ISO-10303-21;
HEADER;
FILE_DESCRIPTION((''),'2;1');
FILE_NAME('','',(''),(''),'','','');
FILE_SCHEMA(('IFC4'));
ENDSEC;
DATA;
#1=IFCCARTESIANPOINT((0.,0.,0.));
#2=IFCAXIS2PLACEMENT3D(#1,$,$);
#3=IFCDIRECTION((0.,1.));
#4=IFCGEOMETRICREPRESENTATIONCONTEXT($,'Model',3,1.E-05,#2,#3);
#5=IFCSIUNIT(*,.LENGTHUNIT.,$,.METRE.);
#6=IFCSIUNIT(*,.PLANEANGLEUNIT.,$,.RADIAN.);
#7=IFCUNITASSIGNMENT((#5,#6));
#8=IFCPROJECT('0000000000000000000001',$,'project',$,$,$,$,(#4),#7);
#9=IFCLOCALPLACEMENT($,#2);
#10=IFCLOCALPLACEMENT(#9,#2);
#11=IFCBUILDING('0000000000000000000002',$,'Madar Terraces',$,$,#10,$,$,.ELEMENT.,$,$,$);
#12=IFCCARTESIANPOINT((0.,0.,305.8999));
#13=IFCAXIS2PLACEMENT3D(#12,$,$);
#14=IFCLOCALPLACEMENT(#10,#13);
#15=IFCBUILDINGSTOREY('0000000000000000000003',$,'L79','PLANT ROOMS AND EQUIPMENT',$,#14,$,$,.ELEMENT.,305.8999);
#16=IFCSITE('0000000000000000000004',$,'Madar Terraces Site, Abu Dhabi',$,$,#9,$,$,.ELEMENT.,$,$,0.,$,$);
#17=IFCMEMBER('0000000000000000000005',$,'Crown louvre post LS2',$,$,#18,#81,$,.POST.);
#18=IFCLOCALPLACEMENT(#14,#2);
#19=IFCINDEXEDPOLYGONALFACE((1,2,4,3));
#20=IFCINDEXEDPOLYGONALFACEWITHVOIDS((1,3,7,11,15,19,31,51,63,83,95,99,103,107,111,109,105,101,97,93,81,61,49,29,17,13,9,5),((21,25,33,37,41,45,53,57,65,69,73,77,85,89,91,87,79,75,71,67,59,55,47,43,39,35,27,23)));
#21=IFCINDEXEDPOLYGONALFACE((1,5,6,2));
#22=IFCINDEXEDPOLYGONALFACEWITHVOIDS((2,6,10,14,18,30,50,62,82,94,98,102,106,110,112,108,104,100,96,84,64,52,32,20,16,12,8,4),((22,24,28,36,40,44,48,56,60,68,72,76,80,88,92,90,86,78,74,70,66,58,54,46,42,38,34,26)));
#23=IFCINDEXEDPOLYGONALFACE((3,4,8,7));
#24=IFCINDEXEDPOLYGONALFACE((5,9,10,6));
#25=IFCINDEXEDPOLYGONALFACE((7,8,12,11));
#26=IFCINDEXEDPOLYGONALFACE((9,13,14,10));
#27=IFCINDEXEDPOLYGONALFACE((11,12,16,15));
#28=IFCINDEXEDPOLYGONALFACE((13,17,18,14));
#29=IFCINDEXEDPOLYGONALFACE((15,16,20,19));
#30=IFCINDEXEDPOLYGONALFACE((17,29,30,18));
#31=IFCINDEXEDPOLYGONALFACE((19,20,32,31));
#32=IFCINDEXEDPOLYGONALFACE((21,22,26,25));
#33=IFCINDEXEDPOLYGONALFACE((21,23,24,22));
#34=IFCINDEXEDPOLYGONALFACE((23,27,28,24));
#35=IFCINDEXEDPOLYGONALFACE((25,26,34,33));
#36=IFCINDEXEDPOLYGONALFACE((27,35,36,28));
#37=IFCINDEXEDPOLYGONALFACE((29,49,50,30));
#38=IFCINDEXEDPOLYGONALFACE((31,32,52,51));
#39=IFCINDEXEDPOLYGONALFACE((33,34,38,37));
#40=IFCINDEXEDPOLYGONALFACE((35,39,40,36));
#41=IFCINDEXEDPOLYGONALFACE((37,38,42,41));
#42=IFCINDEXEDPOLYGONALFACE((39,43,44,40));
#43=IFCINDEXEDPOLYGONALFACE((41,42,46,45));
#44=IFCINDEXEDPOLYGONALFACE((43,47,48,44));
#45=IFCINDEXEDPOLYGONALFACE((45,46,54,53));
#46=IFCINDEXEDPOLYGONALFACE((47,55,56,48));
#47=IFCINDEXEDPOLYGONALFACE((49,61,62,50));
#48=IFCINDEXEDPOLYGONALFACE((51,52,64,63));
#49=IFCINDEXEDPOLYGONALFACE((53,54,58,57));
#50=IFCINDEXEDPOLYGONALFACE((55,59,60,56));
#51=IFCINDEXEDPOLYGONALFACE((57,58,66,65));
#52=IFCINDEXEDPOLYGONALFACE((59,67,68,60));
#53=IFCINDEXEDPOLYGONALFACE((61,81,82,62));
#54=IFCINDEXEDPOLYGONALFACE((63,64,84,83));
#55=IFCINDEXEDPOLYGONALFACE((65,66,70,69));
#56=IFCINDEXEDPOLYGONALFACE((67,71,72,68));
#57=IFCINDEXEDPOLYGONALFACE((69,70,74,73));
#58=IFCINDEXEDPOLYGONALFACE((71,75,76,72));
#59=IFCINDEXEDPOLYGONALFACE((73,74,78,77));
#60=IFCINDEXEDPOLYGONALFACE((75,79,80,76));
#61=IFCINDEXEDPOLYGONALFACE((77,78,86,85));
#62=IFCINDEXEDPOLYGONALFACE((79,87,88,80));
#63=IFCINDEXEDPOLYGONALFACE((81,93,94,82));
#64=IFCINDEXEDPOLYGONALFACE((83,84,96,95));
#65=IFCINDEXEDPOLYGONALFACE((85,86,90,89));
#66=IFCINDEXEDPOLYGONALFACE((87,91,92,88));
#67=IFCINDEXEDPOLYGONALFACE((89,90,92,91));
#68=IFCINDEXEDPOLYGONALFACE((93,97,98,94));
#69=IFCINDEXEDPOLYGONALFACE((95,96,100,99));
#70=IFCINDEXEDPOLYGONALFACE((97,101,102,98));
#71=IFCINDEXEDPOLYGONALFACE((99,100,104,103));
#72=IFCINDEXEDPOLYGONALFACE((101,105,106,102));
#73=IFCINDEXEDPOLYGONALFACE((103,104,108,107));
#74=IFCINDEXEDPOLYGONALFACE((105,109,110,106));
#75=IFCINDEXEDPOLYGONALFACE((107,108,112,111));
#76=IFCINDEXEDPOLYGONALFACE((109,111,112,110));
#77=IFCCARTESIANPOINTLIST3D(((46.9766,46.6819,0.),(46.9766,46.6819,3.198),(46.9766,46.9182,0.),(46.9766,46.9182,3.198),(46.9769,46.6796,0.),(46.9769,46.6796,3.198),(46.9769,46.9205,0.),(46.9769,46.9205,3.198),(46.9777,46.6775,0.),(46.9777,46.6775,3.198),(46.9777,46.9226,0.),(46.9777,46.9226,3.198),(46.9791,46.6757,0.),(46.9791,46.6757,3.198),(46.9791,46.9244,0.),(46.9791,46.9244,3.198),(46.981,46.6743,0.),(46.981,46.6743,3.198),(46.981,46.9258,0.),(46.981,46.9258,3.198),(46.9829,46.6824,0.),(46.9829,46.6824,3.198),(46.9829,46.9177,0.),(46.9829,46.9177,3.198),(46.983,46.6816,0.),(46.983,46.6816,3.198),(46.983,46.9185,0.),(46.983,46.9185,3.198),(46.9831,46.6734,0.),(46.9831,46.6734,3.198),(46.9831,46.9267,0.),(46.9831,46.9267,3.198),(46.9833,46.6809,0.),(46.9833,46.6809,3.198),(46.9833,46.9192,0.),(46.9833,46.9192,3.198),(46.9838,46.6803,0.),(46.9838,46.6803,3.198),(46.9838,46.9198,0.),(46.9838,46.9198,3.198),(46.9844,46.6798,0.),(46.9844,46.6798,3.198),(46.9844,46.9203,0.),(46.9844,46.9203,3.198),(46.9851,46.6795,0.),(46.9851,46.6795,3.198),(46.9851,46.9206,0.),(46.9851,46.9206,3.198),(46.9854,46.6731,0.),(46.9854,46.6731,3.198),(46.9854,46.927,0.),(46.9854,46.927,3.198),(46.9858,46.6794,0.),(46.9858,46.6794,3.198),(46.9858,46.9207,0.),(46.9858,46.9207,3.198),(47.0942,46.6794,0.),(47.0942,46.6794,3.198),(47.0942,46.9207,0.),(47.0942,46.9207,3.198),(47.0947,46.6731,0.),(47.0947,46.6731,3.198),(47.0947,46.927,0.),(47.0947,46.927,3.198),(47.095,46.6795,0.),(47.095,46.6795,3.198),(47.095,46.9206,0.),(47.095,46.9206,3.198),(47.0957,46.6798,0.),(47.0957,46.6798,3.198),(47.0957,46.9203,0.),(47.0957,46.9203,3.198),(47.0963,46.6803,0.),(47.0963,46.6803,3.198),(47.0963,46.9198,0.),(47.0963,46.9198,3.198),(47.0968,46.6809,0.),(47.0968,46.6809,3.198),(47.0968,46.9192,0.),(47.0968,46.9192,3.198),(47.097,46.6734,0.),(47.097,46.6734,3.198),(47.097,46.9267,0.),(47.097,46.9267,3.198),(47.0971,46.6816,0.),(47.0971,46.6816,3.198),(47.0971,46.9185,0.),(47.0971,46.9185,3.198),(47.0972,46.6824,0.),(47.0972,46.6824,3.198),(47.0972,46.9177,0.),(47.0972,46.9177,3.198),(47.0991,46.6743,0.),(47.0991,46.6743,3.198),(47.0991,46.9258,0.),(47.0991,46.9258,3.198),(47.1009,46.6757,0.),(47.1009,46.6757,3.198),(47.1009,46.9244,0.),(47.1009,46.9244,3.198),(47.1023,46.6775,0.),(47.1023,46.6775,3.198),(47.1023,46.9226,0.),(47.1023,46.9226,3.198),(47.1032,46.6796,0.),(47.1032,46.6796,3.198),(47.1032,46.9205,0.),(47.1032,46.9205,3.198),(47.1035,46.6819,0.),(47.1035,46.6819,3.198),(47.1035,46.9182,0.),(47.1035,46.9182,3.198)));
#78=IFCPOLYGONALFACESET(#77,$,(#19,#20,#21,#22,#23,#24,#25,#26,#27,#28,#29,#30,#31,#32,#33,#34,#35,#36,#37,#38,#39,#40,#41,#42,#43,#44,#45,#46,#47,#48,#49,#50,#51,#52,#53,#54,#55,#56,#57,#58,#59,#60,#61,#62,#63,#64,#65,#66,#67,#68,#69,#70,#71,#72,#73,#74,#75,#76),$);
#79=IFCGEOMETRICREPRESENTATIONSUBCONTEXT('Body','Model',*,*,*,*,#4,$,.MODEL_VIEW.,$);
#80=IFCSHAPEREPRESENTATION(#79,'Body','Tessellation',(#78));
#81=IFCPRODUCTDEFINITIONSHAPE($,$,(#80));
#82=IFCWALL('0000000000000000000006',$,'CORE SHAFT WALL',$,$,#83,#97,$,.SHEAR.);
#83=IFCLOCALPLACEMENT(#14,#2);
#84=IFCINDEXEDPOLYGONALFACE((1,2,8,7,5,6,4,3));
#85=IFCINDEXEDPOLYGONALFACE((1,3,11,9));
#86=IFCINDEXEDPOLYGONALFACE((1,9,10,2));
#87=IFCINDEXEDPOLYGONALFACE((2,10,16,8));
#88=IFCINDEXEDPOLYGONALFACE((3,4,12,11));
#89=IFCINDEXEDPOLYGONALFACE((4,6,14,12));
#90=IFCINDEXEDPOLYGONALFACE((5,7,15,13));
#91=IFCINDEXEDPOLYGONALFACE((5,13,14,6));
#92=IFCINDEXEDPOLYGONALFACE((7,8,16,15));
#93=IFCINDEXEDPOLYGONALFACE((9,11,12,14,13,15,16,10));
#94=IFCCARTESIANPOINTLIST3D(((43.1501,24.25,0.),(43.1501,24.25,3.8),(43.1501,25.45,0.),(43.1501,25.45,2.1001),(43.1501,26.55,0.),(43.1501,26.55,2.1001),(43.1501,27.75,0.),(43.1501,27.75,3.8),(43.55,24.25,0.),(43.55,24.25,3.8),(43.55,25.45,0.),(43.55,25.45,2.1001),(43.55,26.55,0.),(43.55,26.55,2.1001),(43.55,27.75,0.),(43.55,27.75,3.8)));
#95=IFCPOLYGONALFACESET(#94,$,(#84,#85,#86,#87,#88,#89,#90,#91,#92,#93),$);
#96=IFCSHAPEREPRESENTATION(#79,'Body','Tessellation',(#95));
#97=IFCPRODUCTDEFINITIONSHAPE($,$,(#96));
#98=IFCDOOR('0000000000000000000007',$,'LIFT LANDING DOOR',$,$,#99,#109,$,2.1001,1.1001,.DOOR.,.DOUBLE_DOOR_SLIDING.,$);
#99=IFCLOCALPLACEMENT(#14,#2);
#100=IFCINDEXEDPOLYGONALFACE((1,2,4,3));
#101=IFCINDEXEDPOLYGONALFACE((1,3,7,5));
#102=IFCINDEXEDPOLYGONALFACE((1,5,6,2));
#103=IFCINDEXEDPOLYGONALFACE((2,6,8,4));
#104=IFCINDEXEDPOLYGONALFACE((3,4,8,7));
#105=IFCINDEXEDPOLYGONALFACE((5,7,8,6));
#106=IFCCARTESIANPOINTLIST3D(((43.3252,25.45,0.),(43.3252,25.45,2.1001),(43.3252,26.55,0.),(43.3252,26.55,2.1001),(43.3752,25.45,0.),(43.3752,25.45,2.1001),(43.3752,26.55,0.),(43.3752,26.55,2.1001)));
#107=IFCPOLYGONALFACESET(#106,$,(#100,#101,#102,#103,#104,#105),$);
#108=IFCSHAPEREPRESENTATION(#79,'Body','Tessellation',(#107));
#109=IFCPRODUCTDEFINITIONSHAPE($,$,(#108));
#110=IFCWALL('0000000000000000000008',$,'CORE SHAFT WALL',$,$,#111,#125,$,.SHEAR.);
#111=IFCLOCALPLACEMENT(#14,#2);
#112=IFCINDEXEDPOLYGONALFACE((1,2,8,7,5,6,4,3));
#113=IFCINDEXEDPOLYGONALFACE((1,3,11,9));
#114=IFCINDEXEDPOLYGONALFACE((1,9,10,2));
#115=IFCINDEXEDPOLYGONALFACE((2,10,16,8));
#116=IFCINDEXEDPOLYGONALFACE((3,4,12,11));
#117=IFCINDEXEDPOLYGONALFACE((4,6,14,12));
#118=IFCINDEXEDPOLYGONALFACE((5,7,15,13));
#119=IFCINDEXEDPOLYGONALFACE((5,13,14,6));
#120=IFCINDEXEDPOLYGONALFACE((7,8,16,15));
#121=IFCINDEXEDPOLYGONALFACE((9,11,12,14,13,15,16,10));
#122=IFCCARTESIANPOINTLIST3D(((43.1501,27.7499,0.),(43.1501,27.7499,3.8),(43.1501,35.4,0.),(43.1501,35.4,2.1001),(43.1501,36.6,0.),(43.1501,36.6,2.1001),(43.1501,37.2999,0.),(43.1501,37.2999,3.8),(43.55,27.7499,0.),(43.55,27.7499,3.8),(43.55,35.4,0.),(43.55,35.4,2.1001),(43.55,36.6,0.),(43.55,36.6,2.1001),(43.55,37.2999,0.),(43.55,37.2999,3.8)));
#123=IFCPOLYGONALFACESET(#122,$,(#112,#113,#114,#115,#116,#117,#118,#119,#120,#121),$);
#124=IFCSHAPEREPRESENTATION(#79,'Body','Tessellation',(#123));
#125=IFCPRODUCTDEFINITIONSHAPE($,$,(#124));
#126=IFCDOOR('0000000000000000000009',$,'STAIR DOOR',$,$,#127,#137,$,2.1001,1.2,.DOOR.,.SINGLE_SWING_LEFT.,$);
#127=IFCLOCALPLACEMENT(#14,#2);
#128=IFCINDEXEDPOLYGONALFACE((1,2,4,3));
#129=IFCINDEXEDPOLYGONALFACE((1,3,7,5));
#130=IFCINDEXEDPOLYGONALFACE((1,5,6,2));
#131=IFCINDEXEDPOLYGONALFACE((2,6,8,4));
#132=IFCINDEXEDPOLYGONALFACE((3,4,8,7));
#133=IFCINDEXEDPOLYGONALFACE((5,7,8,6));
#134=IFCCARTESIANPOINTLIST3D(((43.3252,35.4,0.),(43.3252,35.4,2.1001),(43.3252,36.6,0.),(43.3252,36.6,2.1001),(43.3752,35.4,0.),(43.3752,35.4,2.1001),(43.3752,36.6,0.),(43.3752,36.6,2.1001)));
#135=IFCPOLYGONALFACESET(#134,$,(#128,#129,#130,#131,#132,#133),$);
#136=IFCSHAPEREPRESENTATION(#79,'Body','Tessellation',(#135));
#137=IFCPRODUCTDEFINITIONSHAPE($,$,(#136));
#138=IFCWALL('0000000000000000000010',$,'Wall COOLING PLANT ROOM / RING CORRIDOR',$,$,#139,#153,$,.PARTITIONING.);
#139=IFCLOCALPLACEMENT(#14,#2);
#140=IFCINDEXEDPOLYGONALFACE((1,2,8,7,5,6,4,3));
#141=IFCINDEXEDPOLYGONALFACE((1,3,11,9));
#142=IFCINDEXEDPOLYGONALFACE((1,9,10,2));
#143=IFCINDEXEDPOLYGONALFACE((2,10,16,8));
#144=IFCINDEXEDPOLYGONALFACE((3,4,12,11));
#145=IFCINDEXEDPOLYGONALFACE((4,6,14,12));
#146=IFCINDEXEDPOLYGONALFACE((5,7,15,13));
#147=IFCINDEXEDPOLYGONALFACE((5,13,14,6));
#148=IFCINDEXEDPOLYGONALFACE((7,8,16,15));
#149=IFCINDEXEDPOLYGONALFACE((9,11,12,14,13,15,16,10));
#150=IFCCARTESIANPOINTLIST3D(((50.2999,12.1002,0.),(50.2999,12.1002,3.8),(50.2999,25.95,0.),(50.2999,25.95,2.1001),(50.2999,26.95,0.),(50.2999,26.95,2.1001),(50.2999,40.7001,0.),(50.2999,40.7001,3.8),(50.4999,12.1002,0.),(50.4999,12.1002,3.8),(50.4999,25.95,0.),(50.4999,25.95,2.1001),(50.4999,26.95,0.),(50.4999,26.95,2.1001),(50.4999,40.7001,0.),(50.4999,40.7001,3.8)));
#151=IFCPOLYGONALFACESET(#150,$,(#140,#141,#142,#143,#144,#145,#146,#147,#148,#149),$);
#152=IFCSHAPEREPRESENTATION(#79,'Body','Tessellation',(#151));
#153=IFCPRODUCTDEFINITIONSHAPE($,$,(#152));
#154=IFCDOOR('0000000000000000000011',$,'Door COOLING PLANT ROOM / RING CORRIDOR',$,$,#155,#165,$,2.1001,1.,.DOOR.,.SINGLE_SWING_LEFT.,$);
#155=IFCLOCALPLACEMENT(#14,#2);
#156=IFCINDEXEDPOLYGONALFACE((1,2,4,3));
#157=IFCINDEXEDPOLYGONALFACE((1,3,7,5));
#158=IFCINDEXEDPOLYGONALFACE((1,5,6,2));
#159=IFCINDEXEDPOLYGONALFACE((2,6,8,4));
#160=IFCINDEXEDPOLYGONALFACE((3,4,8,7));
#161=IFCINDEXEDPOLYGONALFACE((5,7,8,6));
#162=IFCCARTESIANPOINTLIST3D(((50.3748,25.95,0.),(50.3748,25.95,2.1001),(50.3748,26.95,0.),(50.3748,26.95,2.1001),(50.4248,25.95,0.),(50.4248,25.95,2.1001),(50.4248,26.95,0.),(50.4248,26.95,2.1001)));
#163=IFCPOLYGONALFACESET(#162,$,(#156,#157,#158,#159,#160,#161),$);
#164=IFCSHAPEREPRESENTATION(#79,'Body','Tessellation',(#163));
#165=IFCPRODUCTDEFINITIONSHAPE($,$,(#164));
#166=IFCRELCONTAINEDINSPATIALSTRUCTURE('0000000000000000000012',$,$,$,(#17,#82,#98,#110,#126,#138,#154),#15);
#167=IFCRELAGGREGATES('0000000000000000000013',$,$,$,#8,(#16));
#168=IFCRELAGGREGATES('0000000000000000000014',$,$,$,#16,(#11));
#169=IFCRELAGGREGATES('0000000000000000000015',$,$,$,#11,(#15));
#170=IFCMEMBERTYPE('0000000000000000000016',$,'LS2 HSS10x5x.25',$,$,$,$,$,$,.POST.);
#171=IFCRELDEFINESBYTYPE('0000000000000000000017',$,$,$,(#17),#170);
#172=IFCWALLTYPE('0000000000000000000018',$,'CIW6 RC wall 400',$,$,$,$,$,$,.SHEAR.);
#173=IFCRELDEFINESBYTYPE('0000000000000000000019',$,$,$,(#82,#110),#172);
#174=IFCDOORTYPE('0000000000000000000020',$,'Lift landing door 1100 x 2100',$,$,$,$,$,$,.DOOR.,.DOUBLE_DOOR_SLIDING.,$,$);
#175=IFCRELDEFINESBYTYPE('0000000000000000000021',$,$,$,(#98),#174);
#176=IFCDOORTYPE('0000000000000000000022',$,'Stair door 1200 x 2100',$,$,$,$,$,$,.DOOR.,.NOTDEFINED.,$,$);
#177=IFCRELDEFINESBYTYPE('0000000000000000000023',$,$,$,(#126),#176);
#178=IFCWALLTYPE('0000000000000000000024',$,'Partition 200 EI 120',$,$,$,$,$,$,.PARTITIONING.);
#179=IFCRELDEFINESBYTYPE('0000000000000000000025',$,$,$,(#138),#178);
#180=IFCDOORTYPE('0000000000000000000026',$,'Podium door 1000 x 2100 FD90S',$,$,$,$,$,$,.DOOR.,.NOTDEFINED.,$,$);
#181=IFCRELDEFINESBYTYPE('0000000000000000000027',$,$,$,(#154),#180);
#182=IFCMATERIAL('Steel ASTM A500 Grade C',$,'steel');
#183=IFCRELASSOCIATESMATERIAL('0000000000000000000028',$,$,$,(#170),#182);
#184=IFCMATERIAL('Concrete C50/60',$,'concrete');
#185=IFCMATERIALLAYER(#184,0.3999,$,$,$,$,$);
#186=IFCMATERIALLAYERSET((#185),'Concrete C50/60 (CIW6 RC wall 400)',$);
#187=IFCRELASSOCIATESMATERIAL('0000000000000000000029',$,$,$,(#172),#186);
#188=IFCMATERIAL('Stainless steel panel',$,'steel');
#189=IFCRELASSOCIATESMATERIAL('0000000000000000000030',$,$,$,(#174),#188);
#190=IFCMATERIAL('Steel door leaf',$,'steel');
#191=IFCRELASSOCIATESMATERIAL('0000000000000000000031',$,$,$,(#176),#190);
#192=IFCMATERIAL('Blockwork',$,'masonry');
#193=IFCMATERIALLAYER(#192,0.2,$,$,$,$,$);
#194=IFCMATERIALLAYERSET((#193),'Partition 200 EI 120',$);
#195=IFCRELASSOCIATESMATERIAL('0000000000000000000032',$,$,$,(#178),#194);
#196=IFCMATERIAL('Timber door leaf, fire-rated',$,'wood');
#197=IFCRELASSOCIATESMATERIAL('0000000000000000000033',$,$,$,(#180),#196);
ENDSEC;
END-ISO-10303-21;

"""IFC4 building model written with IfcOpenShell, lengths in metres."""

from ifc_helpers import new_model, si_unit, direction, frame, frame_2d, origin, origin_2d, place, context, subcontext, project, spatial, rectangle, hollow_rectangle, extrude, material, layer, layer_set, material_profile, profile_set, type_object, element, fill, save


model = new_model("IFC4")

# Units and contexts
model_context = context("Model", 3, precision=1e-05, world=origin(), true_north=direction((0.0, 1.0)))
body_context = subcontext(model_context, "Body", "Model", "MODEL_VIEW")
ifc_project = project(units=[si_unit("LENGTHUNIT", "METRE"), si_unit("PLANEANGLEUNIT", "RADIAN")], contexts=[model_context])

# Site, building, storey
site_placement = place(None, origin())
site = spatial("IfcSite", under=ifc_project, at=site_placement, Name="Madar Terraces Site, Abu Dhabi", CompositionType="ELEMENT", RefElevation=0.0)
building_placement = place(site_placement, origin())
building = spatial("IfcBuilding", under=site, at=building_placement, Name="Madar Terraces", CompositionType="ELEMENT")
storey_placement = place(building_placement, frame((0.0, 0.0, 305.8999)))
storey = spatial("IfcBuildingStorey", under=building, at=storey_placement, Name="L79", Description="PLANT ROOMS AND EQUIPMENT", CompositionType="ELEMENT", Elevation=305.8999)

# Member
ifc_material_1 = material(Name="Steel ASTM A500 Grade C", Category="steel")
ifc_material_profile_1 = material_profile(ifc_material_1, hollow_rectangle(XDim=0.127, YDim=0.2539, WallThickness=0.0063, InnerFilletRadius=0.0029, OuterFilletRadius=0.0088, at=origin_2d()), Name="HSS10x5x.25")
ifc_profile_set_1 = profile_set([ifc_material_profile_1], Name="Steel ASTM A500 Grade C")
member_type = type_object("IfcMemberType", Name="LS2 HSS10x5x.25", PredefinedType="POST", material=ifc_profile_set_1)
for number, where, z_axis, x_axis, name in (
    (1, (47.04, 46.8, 0.0), (0.0, 0.0, 1.0), (-1.0, 0.0, 0.0), "Crown louvre post LS2"),
):
    element("IfcMember", number, at=place(storey_placement, frame(where, z_axis=z_axis, x_axis=x_axis)), inside=storey, type_object=member_type, Name=name, PredefinedType="POST", context=body_context, shape_type="SweptSolid", body=[
        extrude(hollow_rectangle(XDim=0.127, YDim=0.2539, WallThickness=0.0063, InnerFilletRadius=0.0029, OuterFilletRadius=0.0088, at=origin_2d()), origin(), (0.0, 0.0, 1.0), 3.198),
    ])

# Walls, openings, doors
ifc_material_2 = material(Name="Concrete C50/60", Category="concrete")
ifc_layer_1 = layer(ifc_material_2, 0.3999)
ifc_layer_set_1 = layer_set([ifc_layer_1], Name="Concrete C50/60 (CIW6 RC wall 400)")
wall_type_1 = type_object("IfcWallType", Name="CIW6 RC wall 400", PredefinedType="SHEAR", material=ifc_layer_set_1)
wall_1_placement = place(storey_placement, frame((43.3501, 24.25, 0.0), z_axis=(0.0, 0.0, 1.0), x_axis=(0.0, 1.0, 0.0)))
wall_1 = element("IfcWall", 2, at=wall_1_placement, inside=storey, type_object=wall_type_1, Name="CORE SHAFT WALL", PredefinedType="SHEAR", context=body_context, shape_type="SweptSolid", body=[
    extrude(rectangle(XDim=3.5, YDim=0.3999, at=frame_2d((1.75, 0.0))), origin(), (0.0, 0.0, 1.0), 3.8),
])
opening_1_placement = place(wall_1_placement, frame((1.2, 0.0, 0.0)))
opening_1 = element("IfcOpeningElement", 3, at=opening_1_placement, cuts=wall_1, PredefinedType="OPENING", context=body_context, shape_type="SweptSolid", body=[
    extrude(rectangle(XDim=1.1001, YDim=2.1001, at=frame_2d((0.55, 1.05))), frame((0.0, 0.21, 0.0), z_axis=(0.0, -1.0, 0.0), x_axis=(1.0, 0.0, 0.0)), (0.0, 0.0, 1.0), 0.4199),
])
ifc_material_3 = material(Name="Stainless steel panel", Category="steel")
door_type_1 = type_object("IfcDoorType", Name="Lift landing door 1100 x 2100", OperationType="DOUBLE_DOOR_SLIDING", PredefinedType="DOOR", material=ifc_material_3)
door_1_placement = place(opening_1_placement, origin())
door_1 = element("IfcDoor", 4, at=door_1_placement, inside=storey, type_object=door_type_1, Name="LIFT LANDING DOOR", OperationType="DOUBLE_DOOR_SLIDING", OverallHeight=2.1001, OverallWidth=1.1001, PredefinedType="DOOR", context=body_context, shape_type="SweptSolid", body=[
    extrude(rectangle(XDim=1.1001, YDim=2.1001, at=frame_2d((0.55, 1.05))), frame((0.0, 0.0249, 0.0), z_axis=(0.0, -1.0, 0.0), x_axis=(1.0, 0.0, 0.0)), (0.0, 0.0, 1.0), 0.05),
])
fill(opening_1, door_1)
wall_2_placement = place(storey_placement, frame((43.3501, 27.75, 0.0), z_axis=(0.0, 0.0, 1.0), x_axis=(0.0, 1.0, 0.0)))
wall_2 = element("IfcWall", 5, at=wall_2_placement, inside=storey, type_object=wall_type_1, Name="CORE SHAFT WALL", PredefinedType="SHEAR", context=body_context, shape_type="SweptSolid", body=[
    extrude(rectangle(XDim=9.55, YDim=0.3999, at=frame_2d((4.7749, 0.0))), origin(), (0.0, 0.0, 1.0), 3.8),
])
opening_2_placement = place(wall_2_placement, frame((7.6499, 0.0, 0.0)))
opening_2 = element("IfcOpeningElement", 6, at=opening_2_placement, cuts=wall_2, PredefinedType="OPENING", context=body_context, shape_type="SweptSolid", body=[
    extrude(rectangle(XDim=1.2, YDim=2.1001, at=frame_2d((0.6001, 1.05))), frame((0.0, 0.21, 0.0), z_axis=(0.0, -1.0, 0.0), x_axis=(1.0, 0.0, 0.0)), (0.0, 0.0, 1.0), 0.4199),
])
ifc_material_4 = material(Name="Steel door leaf", Category="steel")
door_type_2 = type_object("IfcDoorType", Name="Stair door 1200 x 2100", OperationType="NOTDEFINED", PredefinedType="DOOR", material=ifc_material_4)
door_2_placement = place(opening_2_placement, origin())
door_2 = element("IfcDoor", 7, at=door_2_placement, inside=storey, type_object=door_type_2, Name="STAIR DOOR", OperationType="SINGLE_SWING_LEFT", OverallHeight=2.1001, OverallWidth=1.2, PredefinedType="DOOR", context=body_context, shape_type="SweptSolid", body=[
    extrude(rectangle(XDim=1.2, YDim=2.1001, at=frame_2d((0.6001, 1.05))), frame((0.0, 0.0249, 0.0), z_axis=(0.0, -1.0, 0.0), x_axis=(1.0, 0.0, 0.0)), (0.0, 0.0, 1.0), 0.05),
])
fill(opening_2, door_2)
ifc_material_5 = material(Name="Blockwork", Category="masonry")
ifc_layer_2 = layer(ifc_material_5, 0.2)
ifc_layer_set_2 = layer_set([ifc_layer_2], Name="Partition 200 EI 120")
wall_type_2 = type_object("IfcWallType", Name="Partition 200 EI 120", PredefinedType="PARTITIONING", material=ifc_layer_set_2)
wall_3_placement = place(storey_placement, frame((50.3999, 40.7, 0.0), z_axis=(0.0, 0.0, 1.0), x_axis=(0.0, -1.0, 0.0)))
wall_3 = element("IfcWall", 8, at=wall_3_placement, inside=storey, type_object=wall_type_2, Name="Wall COOLING PLANT ROOM / RING CORRIDOR", PredefinedType="PARTITIONING", context=body_context, shape_type="SweptSolid", body=[
    extrude(rectangle(XDim=28.5999, YDim=0.2, at=frame_2d((14.2998, 0.0))), origin(), (0.0, 0.0, 1.0), 3.8),
])
opening_3_placement = place(wall_3_placement, frame((13.75, 0.0, 0.0)))
opening_3 = element("IfcOpeningElement", 9, at=opening_3_placement, cuts=wall_3, PredefinedType="OPENING", context=body_context, shape_type="SweptSolid", body=[
    extrude(rectangle(XDim=1.0, YDim=2.1001, at=frame_2d((0.5, 1.05))), frame((0.0, 0.1099, 0.0), z_axis=(0.0, -1.0, 0.0), x_axis=(1.0, 0.0, 0.0)), (0.0, 0.0, 1.0), 0.22),
])
ifc_material_6 = material(Name="Timber door leaf, fire-rated", Category="wood")
door_type_3 = type_object("IfcDoorType", Name="Podium door 1000 x 2100 FD90S", OperationType="NOTDEFINED", PredefinedType="DOOR", material=ifc_material_6)
door_3_placement = place(opening_3_placement, origin())
door_3 = element("IfcDoor", 10, at=door_3_placement, inside=storey, type_object=door_type_3, Name="Door COOLING PLANT ROOM / RING CORRIDOR", OperationType="SINGLE_SWING_LEFT", OverallHeight=2.1001, OverallWidth=1.0, PredefinedType="DOOR", context=body_context, shape_type="SweptSolid", body=[
    extrude(rectangle(XDim=1.0, YDim=2.1001, at=frame_2d((0.5, 1.05))), frame((0.0, 0.0249, 0.0), z_axis=(0.0, -1.0, 0.0), x_axis=(1.0, 0.0, 0.0)), (0.0, 0.0, 1.0), 0.05),
])
fill(opening_3, door_3)

save(model, "model.ifc")
